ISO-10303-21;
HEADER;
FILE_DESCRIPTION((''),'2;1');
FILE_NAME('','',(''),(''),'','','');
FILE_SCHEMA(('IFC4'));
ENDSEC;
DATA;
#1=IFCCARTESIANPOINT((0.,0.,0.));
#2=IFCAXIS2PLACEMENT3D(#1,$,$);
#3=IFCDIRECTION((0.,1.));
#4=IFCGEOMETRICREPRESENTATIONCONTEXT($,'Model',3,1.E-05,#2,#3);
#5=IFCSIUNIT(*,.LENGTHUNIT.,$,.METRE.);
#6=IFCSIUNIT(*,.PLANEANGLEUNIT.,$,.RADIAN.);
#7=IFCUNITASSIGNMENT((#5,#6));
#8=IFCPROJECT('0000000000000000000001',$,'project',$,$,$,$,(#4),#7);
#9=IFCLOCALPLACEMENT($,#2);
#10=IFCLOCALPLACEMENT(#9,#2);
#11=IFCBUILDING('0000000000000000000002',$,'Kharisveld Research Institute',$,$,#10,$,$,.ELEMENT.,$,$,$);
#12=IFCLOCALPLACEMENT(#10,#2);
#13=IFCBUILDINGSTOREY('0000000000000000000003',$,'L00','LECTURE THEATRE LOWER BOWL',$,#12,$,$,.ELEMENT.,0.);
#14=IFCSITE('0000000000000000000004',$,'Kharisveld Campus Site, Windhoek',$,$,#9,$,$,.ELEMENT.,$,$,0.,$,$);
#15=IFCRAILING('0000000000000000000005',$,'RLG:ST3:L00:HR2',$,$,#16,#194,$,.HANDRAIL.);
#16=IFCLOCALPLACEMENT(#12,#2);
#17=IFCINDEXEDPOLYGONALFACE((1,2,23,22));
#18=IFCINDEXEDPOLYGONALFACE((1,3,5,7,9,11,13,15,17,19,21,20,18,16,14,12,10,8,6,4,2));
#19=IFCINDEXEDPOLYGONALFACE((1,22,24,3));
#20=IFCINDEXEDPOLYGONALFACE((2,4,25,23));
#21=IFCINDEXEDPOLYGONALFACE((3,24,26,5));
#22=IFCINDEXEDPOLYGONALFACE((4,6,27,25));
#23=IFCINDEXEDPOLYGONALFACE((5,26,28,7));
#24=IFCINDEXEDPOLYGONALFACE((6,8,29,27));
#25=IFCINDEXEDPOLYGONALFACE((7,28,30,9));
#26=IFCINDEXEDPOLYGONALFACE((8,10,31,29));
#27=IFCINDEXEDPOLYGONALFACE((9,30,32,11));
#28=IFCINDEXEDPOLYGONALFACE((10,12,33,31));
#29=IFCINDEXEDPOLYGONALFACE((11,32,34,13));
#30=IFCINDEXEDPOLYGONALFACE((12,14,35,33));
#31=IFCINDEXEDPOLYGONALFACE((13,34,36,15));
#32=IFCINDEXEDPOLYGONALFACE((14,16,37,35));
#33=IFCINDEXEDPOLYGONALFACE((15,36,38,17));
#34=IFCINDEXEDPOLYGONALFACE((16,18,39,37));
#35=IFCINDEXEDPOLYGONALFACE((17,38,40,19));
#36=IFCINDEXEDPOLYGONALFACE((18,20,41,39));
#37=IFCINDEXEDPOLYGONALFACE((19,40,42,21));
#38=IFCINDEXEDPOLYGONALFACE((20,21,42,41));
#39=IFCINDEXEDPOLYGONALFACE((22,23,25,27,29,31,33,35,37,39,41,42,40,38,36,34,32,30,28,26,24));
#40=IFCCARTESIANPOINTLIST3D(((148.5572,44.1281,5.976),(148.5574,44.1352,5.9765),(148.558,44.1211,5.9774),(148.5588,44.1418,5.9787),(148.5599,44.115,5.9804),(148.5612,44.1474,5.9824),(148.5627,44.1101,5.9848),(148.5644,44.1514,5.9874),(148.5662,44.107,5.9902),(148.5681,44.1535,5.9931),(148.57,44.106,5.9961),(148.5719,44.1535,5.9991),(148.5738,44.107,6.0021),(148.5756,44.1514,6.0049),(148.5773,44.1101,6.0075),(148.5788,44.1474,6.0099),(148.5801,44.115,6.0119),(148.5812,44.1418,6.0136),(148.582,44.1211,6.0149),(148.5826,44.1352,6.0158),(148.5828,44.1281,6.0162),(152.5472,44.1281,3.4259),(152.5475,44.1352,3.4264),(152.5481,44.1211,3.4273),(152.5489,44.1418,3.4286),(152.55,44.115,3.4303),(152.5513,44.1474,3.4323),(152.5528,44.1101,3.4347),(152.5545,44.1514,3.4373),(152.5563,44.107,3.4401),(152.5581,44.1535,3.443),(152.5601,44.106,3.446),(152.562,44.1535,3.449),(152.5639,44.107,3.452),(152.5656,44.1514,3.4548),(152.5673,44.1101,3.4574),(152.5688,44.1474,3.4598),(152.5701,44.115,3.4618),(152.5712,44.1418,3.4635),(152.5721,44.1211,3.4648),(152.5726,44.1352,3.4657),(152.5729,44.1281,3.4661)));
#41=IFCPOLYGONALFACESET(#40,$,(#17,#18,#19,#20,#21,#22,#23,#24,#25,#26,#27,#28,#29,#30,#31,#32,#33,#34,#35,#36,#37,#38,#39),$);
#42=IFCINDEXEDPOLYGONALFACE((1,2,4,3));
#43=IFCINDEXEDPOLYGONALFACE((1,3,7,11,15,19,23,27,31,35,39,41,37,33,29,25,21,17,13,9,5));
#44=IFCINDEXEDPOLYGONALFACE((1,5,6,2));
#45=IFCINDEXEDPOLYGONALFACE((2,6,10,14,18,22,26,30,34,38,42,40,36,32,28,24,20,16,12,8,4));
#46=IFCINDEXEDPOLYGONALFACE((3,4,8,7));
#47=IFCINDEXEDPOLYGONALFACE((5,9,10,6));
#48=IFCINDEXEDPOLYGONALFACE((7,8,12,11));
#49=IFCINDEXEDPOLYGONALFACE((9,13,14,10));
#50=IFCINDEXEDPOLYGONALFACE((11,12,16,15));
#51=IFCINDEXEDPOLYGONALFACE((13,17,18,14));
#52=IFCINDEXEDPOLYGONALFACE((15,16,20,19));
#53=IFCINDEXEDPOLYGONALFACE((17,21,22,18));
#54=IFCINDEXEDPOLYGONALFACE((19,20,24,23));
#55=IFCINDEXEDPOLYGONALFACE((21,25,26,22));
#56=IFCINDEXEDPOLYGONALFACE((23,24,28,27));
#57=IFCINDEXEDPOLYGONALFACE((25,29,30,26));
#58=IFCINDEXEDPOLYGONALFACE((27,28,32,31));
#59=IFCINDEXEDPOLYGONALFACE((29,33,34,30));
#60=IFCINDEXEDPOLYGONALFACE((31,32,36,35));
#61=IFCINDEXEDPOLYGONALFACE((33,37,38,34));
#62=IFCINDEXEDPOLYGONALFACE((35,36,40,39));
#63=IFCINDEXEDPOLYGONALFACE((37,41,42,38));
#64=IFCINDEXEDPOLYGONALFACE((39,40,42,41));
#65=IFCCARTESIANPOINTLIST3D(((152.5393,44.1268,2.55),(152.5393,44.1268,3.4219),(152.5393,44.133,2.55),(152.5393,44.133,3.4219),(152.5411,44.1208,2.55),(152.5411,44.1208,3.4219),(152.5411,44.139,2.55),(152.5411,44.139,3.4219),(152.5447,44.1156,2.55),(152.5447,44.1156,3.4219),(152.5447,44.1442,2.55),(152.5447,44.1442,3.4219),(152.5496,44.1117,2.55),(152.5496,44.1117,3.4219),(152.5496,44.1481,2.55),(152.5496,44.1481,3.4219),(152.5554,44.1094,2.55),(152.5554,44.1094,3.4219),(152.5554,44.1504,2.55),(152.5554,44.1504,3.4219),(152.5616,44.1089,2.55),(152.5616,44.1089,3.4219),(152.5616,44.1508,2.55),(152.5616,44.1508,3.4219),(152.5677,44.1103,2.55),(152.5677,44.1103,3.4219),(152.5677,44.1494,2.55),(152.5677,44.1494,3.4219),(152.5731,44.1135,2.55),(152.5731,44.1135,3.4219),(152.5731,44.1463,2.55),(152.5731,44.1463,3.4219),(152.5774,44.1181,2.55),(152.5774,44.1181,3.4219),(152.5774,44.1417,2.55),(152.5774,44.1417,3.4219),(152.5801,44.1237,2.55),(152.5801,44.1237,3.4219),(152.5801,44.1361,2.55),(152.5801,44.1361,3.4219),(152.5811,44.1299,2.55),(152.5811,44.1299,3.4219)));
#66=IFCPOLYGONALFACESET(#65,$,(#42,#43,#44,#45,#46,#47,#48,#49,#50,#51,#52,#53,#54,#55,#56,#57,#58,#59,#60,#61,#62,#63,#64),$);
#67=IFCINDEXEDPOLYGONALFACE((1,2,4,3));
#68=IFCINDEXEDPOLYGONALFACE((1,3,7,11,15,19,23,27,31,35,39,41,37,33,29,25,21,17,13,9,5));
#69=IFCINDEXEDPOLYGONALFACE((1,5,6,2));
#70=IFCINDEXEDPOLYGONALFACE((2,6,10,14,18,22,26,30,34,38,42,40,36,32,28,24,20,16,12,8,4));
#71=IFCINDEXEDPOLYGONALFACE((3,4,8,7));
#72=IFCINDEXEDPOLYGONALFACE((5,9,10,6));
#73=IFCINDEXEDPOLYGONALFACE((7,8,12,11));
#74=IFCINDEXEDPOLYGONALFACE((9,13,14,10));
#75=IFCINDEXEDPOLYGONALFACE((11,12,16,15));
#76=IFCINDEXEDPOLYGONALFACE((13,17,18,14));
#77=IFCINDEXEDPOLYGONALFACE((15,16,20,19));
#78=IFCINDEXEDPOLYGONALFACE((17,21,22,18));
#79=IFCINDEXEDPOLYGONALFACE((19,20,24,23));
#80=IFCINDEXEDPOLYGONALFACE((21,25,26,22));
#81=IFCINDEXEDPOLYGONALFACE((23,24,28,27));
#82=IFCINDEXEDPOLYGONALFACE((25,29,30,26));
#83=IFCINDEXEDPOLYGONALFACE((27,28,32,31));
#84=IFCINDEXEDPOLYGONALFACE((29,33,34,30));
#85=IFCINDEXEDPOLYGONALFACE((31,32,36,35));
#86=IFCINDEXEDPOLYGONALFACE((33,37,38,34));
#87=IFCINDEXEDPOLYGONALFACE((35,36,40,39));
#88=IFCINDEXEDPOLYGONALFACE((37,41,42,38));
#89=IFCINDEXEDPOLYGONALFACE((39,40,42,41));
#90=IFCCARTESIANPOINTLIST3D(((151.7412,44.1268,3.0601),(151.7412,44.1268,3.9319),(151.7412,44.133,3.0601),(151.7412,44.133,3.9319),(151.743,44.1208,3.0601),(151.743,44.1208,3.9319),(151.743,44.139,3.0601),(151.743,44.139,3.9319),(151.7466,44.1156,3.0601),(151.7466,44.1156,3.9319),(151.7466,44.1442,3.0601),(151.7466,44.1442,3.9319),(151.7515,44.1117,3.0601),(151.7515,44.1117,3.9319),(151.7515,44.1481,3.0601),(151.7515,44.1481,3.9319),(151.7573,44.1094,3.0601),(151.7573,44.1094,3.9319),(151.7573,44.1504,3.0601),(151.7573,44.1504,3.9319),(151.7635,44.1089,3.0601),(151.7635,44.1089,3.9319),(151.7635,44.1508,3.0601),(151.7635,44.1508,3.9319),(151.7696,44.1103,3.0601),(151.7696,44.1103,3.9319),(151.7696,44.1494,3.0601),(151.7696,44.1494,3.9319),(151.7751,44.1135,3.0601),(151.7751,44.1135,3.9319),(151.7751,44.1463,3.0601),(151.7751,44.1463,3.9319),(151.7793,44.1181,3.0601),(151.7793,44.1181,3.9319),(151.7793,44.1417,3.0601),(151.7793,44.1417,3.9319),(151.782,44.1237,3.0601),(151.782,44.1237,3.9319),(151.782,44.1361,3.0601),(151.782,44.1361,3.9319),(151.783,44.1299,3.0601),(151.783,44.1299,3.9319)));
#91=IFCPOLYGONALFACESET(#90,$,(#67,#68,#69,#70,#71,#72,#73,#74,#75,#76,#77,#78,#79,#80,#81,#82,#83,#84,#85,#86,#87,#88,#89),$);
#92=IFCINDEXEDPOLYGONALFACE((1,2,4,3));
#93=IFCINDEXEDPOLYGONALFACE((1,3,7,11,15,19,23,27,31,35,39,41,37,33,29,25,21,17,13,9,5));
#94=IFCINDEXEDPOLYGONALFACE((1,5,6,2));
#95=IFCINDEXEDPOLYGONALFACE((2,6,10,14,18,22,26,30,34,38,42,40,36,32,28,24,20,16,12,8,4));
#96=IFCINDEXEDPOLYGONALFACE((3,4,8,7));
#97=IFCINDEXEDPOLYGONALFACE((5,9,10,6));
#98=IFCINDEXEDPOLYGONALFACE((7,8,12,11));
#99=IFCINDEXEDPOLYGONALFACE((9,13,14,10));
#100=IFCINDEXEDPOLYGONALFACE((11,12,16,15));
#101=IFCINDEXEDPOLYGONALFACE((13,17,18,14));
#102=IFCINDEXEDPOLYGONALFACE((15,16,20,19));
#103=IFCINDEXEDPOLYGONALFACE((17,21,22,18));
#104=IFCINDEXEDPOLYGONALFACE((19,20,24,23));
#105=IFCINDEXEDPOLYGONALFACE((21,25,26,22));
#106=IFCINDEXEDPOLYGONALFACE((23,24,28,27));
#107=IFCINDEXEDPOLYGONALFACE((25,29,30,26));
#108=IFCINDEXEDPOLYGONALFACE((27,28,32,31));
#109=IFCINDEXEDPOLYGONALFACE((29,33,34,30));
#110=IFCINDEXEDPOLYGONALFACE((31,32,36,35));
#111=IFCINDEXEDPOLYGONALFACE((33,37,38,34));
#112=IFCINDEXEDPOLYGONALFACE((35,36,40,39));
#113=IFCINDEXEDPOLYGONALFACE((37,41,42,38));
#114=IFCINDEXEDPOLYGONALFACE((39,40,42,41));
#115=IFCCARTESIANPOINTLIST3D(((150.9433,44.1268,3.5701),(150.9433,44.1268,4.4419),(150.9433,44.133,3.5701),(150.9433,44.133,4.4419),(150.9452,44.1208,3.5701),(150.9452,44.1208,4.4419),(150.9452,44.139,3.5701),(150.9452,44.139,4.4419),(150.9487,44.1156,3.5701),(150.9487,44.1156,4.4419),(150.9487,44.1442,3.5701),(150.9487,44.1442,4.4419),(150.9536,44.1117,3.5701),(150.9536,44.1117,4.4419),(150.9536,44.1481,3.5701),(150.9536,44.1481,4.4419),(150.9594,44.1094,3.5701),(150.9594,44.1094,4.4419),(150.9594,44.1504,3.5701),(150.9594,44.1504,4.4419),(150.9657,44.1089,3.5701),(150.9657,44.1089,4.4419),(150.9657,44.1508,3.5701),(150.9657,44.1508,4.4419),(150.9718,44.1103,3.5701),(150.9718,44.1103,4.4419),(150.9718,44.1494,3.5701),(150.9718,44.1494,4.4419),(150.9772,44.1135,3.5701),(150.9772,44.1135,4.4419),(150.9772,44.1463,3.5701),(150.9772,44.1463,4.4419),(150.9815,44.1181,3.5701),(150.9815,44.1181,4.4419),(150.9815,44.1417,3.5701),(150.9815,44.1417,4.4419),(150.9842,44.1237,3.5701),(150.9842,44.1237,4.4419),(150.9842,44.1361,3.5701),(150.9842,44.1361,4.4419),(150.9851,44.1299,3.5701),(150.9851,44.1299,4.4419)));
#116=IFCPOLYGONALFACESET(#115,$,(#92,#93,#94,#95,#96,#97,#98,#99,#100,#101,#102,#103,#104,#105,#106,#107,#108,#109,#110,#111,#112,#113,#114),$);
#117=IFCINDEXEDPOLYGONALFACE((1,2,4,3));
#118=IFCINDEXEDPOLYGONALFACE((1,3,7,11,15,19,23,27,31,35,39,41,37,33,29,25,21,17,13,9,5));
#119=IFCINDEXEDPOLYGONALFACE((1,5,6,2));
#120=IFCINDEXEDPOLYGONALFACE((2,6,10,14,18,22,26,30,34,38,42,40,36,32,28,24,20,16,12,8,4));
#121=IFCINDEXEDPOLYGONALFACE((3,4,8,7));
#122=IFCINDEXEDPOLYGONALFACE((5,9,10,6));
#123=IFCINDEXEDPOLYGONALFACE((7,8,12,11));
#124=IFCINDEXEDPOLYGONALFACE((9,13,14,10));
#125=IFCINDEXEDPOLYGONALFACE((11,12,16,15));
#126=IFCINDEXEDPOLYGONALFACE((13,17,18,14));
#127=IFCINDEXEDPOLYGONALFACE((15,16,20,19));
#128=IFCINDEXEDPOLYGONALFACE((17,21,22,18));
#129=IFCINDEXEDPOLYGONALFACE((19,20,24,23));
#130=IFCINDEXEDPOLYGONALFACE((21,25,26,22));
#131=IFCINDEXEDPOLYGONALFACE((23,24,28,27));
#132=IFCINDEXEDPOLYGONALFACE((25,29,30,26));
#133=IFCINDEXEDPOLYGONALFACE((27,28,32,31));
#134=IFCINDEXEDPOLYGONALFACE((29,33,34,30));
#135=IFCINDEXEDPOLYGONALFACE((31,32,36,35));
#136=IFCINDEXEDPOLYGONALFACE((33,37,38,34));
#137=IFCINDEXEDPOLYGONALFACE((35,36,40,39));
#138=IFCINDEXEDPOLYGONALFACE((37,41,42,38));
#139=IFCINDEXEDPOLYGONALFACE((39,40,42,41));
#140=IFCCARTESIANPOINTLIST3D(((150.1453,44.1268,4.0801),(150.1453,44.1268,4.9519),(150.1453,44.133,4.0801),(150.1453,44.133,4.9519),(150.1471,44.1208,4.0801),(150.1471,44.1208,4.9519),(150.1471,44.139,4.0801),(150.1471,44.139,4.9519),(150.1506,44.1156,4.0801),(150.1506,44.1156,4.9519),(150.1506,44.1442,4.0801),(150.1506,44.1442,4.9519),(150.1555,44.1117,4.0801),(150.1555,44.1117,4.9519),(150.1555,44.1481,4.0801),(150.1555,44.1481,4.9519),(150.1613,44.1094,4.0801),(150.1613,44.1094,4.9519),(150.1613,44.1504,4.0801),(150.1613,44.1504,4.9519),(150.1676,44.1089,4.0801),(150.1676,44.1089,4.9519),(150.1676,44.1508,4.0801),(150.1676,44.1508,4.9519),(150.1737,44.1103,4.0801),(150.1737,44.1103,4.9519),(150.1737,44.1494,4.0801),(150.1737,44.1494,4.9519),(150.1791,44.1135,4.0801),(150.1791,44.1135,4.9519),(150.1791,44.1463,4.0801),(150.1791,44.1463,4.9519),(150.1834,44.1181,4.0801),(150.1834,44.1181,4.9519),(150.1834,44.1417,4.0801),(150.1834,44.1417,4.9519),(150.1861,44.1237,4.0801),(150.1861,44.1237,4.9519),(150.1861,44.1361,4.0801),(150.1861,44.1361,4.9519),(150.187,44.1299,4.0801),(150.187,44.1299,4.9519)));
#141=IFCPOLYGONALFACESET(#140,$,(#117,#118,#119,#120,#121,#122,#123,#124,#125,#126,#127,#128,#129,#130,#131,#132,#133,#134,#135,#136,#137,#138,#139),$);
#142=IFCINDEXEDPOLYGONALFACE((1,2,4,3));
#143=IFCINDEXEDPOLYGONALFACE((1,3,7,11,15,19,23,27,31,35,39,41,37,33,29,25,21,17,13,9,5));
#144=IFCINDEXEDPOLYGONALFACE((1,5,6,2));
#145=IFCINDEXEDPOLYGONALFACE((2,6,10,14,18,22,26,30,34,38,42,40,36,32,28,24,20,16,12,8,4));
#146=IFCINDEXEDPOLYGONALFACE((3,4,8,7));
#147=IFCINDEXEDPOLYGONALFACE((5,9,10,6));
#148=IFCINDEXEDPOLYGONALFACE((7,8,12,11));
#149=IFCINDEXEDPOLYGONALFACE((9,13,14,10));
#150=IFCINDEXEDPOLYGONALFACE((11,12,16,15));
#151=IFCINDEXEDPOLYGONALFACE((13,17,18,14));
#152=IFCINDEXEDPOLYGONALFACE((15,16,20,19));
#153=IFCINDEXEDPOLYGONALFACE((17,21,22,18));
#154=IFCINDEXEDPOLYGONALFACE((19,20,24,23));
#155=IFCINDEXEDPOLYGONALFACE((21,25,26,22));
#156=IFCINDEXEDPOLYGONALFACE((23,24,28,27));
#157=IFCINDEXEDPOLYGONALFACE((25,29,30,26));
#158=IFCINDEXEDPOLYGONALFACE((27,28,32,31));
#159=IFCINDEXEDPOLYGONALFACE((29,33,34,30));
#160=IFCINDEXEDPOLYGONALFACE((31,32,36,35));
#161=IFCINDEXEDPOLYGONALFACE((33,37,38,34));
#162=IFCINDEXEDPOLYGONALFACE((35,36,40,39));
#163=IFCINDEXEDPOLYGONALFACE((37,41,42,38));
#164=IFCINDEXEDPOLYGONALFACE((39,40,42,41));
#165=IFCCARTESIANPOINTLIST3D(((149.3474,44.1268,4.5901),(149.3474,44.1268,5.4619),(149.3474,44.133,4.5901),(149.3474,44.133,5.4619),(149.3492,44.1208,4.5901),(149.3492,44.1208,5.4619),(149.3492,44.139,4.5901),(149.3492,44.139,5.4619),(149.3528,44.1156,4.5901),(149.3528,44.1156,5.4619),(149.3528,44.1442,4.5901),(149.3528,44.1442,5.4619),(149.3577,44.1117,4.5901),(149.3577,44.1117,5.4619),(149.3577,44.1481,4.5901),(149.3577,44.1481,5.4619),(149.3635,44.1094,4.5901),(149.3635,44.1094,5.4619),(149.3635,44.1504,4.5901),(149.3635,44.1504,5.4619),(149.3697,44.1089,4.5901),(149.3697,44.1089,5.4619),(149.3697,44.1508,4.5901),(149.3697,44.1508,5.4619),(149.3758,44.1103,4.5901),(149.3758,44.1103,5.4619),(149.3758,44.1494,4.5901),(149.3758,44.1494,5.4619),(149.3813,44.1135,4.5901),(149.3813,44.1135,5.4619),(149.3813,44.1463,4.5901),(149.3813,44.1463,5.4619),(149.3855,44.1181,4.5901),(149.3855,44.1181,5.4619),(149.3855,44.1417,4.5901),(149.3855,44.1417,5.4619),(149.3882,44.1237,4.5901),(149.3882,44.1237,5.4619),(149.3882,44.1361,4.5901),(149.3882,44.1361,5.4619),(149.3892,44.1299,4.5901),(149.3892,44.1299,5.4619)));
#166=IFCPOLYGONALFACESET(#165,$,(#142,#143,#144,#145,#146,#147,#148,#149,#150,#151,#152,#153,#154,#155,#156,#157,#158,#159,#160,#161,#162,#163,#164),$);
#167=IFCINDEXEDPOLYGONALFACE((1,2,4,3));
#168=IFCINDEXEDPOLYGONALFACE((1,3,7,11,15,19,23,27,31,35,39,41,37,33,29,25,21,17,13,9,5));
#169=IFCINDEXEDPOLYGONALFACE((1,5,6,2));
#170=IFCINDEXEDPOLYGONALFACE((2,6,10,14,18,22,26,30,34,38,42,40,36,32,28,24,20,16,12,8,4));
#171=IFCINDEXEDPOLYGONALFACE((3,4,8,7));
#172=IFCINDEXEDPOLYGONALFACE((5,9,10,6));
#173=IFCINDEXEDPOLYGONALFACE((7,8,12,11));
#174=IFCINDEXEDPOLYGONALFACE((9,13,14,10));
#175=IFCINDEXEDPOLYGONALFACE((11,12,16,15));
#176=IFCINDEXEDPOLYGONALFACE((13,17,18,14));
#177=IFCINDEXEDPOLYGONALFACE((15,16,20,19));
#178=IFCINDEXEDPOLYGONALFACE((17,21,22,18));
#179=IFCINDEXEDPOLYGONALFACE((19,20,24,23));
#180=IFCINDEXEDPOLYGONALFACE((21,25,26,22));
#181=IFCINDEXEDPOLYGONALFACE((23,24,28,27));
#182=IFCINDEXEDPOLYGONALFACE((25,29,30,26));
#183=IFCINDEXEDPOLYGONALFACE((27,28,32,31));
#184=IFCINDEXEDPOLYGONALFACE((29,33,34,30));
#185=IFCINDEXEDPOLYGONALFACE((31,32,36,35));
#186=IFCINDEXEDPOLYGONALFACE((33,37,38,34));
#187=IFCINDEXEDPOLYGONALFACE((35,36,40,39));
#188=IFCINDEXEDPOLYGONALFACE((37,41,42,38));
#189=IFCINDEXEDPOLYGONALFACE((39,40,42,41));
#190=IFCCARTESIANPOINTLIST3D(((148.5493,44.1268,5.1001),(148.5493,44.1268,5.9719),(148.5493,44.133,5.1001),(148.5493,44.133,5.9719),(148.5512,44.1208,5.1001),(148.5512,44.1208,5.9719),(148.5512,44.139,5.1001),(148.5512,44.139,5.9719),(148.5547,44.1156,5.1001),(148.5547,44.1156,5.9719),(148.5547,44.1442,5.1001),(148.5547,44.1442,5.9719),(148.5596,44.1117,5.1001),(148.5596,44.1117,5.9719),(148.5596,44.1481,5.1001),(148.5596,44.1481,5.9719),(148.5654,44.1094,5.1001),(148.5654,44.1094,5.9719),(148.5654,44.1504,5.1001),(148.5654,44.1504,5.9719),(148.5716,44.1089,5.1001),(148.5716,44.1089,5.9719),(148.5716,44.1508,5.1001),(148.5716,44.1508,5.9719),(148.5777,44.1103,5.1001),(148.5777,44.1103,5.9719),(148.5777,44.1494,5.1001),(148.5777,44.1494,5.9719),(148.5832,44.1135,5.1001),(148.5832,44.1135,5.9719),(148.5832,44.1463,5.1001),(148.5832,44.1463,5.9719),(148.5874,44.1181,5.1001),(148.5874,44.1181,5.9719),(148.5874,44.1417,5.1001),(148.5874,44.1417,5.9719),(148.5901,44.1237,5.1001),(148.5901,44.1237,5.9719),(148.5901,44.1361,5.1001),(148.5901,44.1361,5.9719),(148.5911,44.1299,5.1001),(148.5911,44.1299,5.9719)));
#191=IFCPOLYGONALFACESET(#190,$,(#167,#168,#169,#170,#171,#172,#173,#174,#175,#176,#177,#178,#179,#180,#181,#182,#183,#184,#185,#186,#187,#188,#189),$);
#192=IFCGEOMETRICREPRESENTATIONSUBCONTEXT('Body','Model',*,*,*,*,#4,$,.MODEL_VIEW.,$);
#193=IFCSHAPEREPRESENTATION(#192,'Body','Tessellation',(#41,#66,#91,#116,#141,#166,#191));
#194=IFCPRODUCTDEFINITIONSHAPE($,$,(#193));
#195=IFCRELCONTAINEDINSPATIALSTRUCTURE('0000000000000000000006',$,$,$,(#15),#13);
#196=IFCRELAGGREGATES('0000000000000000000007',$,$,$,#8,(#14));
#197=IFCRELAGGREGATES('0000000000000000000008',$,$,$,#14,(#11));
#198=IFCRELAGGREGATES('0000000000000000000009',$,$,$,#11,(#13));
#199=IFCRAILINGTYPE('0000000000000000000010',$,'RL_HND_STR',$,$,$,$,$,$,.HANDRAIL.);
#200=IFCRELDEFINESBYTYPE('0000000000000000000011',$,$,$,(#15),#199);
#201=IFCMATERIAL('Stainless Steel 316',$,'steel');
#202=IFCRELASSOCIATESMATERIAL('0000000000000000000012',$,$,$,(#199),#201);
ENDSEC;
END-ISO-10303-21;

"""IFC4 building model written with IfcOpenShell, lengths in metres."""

from ifc_helpers import new_model, si_unit, direction, frame, origin, origin_2d, place, context, subcontext, project, spatial, circle, extrude, material, type_object, element, save


model = new_model("IFC4")

# Units and contexts
model_context = context("Model", 3, precision=1e-05, world=origin(), true_north=direction((0.0, 1.0)))
body_context = subcontext(model_context, "Body", "Model", "MODEL_VIEW")
ifc_project = project(units=[si_unit("LENGTHUNIT", "METRE"), si_unit("PLANEANGLEUNIT", "RADIAN")], contexts=[model_context])

# Site, building, storey
site_placement = place(None, origin())
site = spatial("IfcSite", under=ifc_project, at=site_placement, Name="Kharisveld Campus Site, Windhoek", CompositionType="ELEMENT", RefElevation=0.0)
building_placement = place(site_placement, origin())
building = spatial("IfcBuilding", under=site, at=building_placement, Name="Kharisveld Research Institute", CompositionType="ELEMENT")
storey_placement = place(building_placement, origin())
storey = spatial("IfcBuildingStorey", under=building, at=storey_placement, Name="L00", Description="LECTURE THEATRE LOWER BOWL", CompositionType="ELEMENT", Elevation=0.0)

# Railing
ifc_material_1 = material(Name="Stainless Steel 316", Category="steel")
railing_type = type_object("IfcRailingType", Name="RL_HND_STR", PredefinedType="HANDRAIL", material=ifc_material_1)
railing_placement = place(storey_placement, frame((152.5601, 44.1299, 2.55)))
element("IfcRailing", 1, at=railing_placement, inside=storey, type_object=railing_type, Name="RLG:ST3:L00:HR2", PredefinedType="HANDRAIL", context=body_context, shape_type="SweptSolid", body=[
    extrude(circle(Radius=0.0239, at=origin_2d()), frame((0.0, 0.0, 0.896), z_axis=(-0.842611, 0.0, 0.538523), x_axis=(0.0, -1.0, 0.0)), (0.0, 0.0, 1.0), 4.7354),
    extrude(circle(Radius=0.021, at=origin_2d()), origin(), (0.0, 0.0, 1.0), 0.8718),
    extrude(circle(Radius=0.021, at=origin_2d()), frame((-0.7981, 0.0, 0.51)), (0.0, 0.0, 1.0), 0.8718),
    extrude(circle(Radius=0.021, at=origin_2d()), frame((-1.5959, 0.0, 1.02)), (0.0, 0.0, 1.0), 0.8718),
    extrude(circle(Radius=0.021, at=origin_2d()), frame((-2.394, 0.0, 1.53)), (0.0, 0.0, 1.0), 0.8718),
    extrude(circle(Radius=0.021, at=origin_2d()), frame((-3.1919, 0.0, 2.04)), (0.0, 0.0, 1.0), 0.8718),
    extrude(circle(Radius=0.021, at=origin_2d()), frame((-3.99, 0.0, 2.55)), (0.0, 0.0, 1.0), 0.8718),
])

save(model, "model.ifc")
